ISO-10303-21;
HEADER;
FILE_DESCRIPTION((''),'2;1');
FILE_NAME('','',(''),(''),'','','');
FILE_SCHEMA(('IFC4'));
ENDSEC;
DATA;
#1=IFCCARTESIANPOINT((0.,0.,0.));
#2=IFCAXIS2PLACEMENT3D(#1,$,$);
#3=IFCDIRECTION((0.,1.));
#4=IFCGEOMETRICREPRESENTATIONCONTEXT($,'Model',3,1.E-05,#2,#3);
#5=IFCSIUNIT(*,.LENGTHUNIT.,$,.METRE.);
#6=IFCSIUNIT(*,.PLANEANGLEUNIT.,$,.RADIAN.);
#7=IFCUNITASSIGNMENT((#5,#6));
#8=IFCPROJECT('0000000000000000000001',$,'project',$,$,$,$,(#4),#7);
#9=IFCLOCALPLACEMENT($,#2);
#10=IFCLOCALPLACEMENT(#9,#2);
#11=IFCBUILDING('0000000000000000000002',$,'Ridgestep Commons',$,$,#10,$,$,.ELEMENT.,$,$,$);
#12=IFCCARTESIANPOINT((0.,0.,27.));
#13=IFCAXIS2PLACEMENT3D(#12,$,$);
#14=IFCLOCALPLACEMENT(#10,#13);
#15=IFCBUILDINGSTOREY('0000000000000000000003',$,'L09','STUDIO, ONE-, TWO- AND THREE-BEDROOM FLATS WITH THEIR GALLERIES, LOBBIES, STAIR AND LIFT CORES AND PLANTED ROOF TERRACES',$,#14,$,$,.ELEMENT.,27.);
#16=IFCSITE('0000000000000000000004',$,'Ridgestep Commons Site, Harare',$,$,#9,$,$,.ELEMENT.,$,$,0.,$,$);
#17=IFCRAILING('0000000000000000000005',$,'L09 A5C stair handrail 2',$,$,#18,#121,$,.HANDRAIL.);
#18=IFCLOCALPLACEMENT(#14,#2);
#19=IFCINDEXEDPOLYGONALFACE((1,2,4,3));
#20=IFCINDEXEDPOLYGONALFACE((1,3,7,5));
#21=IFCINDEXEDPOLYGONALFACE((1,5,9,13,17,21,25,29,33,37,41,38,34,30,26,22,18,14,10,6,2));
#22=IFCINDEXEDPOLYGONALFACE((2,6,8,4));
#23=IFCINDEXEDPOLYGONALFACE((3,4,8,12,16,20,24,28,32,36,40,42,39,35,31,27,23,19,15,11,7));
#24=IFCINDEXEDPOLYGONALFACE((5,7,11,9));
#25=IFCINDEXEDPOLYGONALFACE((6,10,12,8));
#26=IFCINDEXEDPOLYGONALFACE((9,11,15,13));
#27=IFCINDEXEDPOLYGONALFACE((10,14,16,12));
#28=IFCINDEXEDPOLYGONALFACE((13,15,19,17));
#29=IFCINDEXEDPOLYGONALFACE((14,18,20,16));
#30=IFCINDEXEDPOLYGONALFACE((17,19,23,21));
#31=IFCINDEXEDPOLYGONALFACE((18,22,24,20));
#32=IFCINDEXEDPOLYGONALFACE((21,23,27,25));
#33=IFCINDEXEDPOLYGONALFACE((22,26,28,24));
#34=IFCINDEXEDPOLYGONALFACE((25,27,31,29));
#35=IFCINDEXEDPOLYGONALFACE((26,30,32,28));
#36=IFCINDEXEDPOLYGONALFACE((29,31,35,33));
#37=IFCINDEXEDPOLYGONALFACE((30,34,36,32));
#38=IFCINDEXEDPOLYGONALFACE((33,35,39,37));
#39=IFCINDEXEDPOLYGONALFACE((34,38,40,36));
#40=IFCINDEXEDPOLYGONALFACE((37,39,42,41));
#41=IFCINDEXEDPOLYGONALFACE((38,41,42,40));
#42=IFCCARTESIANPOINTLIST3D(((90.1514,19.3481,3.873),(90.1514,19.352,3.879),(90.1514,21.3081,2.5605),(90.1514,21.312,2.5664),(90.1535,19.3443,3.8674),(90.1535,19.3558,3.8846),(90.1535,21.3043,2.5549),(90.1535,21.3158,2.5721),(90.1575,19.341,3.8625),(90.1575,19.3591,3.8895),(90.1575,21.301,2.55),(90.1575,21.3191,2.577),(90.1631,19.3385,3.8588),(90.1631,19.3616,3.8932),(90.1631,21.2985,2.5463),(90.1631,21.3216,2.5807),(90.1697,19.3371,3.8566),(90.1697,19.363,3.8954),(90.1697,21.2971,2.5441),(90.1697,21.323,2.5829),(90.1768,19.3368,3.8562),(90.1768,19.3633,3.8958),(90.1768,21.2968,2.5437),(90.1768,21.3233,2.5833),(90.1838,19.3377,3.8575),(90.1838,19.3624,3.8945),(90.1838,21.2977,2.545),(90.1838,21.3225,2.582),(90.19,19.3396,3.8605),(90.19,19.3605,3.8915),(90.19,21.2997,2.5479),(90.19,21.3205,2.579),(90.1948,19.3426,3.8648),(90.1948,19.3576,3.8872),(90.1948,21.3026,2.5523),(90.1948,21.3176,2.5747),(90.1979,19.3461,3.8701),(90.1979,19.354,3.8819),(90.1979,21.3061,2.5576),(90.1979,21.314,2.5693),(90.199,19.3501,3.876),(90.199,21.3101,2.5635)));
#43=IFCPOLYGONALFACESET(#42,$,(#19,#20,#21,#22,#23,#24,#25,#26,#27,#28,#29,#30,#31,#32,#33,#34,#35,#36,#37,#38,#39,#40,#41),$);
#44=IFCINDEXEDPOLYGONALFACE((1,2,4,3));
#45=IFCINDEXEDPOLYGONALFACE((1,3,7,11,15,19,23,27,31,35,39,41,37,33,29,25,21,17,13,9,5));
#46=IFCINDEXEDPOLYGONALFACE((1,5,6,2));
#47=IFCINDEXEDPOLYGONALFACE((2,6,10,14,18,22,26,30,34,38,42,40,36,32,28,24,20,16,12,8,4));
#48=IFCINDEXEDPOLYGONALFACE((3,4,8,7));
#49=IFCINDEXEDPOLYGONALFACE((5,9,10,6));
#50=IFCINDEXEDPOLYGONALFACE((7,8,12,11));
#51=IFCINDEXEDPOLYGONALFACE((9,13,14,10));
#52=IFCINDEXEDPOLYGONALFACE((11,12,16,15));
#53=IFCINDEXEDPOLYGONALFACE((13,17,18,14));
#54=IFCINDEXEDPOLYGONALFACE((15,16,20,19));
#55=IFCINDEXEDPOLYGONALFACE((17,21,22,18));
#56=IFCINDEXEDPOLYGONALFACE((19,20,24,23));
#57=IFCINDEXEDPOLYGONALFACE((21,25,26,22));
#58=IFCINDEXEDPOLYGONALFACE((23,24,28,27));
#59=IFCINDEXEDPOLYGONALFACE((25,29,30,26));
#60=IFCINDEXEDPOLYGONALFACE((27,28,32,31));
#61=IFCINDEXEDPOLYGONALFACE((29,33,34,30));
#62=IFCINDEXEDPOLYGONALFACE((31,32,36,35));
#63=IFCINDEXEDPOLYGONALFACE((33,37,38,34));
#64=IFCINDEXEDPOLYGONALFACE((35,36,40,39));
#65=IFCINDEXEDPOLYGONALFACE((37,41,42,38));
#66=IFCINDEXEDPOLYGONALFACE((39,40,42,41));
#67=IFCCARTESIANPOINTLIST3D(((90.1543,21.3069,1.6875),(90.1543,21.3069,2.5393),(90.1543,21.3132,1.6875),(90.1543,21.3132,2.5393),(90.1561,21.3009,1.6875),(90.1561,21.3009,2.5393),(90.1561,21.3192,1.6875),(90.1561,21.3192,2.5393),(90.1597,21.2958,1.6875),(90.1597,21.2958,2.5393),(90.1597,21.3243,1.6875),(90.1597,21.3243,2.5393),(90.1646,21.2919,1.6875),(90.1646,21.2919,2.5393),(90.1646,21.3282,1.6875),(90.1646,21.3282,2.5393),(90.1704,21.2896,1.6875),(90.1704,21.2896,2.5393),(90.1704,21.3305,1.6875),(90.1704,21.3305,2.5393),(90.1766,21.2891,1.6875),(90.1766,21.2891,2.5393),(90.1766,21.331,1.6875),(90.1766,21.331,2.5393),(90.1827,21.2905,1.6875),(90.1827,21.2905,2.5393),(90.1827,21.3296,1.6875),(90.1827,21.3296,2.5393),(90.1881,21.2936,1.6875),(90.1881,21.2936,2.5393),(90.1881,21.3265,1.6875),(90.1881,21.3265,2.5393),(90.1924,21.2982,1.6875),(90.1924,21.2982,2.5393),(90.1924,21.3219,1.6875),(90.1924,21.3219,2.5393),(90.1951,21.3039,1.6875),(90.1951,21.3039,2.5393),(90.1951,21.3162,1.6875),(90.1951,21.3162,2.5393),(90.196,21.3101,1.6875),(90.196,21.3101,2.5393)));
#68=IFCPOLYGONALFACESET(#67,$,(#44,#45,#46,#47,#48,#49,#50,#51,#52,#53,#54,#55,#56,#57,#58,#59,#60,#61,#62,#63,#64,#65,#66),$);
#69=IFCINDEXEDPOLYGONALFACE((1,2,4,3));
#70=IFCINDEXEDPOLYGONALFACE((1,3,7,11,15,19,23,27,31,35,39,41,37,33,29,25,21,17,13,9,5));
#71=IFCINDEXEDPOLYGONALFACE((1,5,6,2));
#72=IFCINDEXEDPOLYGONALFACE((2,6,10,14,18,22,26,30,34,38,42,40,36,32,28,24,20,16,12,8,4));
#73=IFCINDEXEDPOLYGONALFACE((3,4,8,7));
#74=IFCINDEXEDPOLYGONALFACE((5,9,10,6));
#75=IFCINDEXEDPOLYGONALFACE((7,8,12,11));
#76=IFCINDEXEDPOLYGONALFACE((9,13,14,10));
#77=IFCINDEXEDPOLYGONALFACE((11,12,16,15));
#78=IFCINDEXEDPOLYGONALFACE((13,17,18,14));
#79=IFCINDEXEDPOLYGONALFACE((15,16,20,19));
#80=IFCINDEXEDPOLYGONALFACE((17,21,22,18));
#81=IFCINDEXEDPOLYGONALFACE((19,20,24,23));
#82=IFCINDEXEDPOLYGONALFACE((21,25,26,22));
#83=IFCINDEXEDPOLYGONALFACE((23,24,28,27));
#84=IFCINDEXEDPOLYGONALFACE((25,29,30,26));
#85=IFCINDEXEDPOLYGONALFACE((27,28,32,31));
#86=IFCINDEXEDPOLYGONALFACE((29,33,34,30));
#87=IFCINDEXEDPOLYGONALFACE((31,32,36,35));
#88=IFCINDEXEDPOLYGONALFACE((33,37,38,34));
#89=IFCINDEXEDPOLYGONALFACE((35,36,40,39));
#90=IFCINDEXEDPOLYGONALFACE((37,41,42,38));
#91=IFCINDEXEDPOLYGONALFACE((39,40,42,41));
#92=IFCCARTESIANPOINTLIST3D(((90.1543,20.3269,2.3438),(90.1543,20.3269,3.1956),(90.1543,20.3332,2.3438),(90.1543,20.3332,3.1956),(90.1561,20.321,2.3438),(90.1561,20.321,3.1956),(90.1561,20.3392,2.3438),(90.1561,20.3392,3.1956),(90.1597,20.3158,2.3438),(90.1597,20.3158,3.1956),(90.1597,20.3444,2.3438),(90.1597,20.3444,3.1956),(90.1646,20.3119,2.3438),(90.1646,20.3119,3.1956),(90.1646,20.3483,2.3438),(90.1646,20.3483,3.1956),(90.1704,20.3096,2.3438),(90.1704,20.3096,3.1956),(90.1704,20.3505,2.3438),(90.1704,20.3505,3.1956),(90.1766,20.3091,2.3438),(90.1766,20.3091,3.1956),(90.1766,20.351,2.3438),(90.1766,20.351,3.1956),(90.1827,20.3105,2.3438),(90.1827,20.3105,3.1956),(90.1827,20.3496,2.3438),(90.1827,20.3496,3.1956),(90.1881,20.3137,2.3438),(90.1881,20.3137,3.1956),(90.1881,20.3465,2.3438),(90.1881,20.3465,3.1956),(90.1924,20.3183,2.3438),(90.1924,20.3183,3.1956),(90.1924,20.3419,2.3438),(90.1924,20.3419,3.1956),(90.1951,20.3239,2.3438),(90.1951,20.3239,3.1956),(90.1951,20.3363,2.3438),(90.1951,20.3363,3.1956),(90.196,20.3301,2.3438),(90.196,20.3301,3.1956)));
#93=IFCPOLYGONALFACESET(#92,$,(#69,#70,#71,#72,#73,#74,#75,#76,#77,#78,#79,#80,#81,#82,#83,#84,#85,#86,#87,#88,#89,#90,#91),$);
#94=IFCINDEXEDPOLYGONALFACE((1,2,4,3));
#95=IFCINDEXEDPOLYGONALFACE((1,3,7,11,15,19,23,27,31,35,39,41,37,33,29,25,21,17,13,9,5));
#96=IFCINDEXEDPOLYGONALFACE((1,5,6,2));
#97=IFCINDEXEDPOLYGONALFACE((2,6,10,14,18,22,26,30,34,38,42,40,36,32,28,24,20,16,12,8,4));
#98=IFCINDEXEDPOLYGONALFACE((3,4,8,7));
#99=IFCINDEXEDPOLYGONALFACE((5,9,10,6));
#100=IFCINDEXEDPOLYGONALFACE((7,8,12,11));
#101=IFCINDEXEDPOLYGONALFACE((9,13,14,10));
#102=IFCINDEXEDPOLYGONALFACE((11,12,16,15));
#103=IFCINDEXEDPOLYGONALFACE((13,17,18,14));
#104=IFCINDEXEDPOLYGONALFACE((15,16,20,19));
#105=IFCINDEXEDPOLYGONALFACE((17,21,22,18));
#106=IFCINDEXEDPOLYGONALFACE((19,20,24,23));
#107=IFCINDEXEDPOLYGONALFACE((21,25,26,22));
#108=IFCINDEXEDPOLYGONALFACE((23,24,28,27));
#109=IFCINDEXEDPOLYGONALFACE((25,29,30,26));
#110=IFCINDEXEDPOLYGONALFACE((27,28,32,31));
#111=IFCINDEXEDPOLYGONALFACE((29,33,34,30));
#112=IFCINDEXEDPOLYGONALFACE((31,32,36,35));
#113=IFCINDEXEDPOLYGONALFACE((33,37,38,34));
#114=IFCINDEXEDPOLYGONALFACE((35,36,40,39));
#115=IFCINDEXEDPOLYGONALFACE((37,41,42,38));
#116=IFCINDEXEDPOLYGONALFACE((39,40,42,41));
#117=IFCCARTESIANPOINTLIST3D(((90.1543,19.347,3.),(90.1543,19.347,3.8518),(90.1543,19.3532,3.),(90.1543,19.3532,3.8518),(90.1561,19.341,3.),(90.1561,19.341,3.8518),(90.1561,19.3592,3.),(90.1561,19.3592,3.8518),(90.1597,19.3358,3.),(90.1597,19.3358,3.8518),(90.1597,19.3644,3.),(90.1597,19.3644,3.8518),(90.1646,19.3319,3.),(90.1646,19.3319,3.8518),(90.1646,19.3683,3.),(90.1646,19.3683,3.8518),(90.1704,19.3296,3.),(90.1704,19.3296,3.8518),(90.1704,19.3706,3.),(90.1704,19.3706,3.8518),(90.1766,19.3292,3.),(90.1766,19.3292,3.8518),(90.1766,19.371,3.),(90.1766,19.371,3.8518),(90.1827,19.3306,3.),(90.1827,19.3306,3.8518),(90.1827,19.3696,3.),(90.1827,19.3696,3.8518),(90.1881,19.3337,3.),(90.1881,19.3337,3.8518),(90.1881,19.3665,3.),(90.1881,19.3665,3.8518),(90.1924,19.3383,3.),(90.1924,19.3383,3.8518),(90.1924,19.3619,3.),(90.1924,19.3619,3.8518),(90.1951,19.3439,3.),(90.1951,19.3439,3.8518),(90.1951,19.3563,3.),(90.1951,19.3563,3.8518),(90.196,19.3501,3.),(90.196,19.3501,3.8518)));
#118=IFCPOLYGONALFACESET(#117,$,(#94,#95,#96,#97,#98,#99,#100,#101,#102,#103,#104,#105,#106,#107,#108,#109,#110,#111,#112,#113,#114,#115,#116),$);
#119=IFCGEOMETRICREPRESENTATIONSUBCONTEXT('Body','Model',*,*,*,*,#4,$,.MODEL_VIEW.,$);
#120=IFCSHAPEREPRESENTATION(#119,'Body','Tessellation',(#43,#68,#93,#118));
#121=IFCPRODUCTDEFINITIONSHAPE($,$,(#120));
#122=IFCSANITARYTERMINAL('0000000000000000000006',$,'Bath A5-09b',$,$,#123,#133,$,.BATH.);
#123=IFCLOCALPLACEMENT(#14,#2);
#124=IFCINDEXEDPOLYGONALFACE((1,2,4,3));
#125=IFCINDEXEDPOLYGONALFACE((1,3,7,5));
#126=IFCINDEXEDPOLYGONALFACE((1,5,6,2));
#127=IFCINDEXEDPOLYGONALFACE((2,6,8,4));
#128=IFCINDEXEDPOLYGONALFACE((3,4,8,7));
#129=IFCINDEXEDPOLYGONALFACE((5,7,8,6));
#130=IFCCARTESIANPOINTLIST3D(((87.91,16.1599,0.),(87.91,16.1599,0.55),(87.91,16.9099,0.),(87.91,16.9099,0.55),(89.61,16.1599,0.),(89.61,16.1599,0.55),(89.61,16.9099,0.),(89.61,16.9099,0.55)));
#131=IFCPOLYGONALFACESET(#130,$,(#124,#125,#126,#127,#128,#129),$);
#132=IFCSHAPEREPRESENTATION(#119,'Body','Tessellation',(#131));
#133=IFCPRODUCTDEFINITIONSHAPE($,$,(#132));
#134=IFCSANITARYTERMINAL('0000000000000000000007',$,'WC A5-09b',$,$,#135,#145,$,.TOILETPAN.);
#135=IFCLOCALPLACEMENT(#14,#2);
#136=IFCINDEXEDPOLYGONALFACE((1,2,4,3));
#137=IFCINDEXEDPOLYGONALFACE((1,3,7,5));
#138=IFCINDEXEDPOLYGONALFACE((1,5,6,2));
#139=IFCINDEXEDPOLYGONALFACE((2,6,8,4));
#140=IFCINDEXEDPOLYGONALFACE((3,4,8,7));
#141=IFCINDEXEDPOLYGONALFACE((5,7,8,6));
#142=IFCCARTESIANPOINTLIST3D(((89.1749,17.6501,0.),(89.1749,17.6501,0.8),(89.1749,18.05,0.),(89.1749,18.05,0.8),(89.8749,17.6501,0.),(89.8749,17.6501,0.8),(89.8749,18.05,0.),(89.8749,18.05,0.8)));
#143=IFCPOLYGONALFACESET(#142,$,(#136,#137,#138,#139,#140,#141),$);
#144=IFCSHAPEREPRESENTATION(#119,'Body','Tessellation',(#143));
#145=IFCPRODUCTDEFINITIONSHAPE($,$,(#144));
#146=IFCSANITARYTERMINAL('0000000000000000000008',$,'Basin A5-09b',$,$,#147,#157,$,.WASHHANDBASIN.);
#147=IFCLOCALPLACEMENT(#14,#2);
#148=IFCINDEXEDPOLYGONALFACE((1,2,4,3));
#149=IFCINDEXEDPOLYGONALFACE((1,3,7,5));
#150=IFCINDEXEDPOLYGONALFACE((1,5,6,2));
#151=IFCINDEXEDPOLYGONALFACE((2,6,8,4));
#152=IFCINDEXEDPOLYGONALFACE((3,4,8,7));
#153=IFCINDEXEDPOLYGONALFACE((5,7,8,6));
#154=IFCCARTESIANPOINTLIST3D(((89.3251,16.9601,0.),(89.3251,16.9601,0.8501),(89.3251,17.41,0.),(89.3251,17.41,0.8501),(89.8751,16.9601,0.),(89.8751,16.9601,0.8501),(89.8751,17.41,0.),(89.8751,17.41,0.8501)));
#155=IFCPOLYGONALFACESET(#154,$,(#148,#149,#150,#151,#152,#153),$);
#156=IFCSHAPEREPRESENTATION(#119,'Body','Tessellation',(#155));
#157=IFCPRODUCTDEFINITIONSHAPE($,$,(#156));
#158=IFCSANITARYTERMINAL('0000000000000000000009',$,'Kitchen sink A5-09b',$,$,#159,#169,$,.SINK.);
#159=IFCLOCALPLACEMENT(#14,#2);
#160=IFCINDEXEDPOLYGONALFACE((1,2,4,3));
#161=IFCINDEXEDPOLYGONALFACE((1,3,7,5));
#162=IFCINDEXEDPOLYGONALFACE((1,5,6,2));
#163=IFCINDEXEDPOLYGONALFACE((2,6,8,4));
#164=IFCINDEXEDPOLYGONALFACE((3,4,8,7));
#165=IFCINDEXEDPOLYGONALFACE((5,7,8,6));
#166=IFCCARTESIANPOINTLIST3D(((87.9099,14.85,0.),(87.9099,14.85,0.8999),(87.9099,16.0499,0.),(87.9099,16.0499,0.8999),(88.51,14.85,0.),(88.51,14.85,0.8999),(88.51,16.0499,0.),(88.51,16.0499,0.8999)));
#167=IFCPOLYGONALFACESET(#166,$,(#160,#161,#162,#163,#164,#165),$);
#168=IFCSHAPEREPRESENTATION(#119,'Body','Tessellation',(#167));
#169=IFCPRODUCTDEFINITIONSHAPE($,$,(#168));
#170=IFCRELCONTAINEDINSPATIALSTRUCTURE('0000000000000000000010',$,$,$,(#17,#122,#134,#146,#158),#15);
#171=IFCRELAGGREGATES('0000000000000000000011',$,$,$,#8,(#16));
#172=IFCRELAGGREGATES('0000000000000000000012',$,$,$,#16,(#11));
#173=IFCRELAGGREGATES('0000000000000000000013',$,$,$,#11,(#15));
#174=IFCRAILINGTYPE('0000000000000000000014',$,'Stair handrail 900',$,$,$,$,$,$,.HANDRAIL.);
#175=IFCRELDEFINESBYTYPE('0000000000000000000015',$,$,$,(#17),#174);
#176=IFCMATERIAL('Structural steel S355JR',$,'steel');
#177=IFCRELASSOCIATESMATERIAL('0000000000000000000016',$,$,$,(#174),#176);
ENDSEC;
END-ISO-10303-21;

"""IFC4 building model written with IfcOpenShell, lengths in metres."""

from ifc_helpers import new_model, si_unit, direction, frame, origin, origin_2d, place, context, subcontext, project, spatial, rectangle, circle, extrude, material, type_object, element, save


model = new_model("IFC4")

# Units and contexts
model_context = context("Model", 3, precision=1e-05, world=origin(), true_north=direction((0.0, 1.0)))
body_context = subcontext(model_context, "Body", "Model", "MODEL_VIEW")
ifc_project = project(units=[si_unit("LENGTHUNIT", "METRE"), si_unit("PLANEANGLEUNIT", "RADIAN")], contexts=[model_context])

# Site, building, storey
site_placement = place(None, origin())
site = spatial("IfcSite", under=ifc_project, at=site_placement, Name="Ridgestep Commons Site, Harare", CompositionType="ELEMENT", RefElevation=0.0)
building_placement = place(site_placement, origin())
building = spatial("IfcBuilding", under=site, at=building_placement, Name="Ridgestep Commons", CompositionType="ELEMENT")
storey_placement = place(building_placement, frame((0.0, 0.0, 27.0)))
storey = spatial("IfcBuildingStorey", under=building, at=storey_placement, Name="L09", Description="STUDIO, ONE-, TWO- AND THREE-BEDROOM FLATS WITH THEIR GALLERIES, LOBBIES, STAIR AND LIFT CORES AND PLANTED ROOF TERRACES", CompositionType="ELEMENT", Elevation=27.0)

# Railing
ifc_material_1 = material(Name="Structural steel S355JR", Category="steel")
railing_type = type_object("IfcRailingType", Name="Stair handrail 900", PredefinedType="HANDRAIL", material=ifc_material_1)
railing_placement = place(storey_placement, frame((90.175, 21.3101, 1.6875)))
element("IfcRailing", 1, at=railing_placement, inside=storey, type_object=railing_type, Name="L09 A5C stair handrail 2", PredefinedType="HANDRAIL", context=body_context, shape_type="SweptSolid", body=[
    extrude(circle(Radius=0.0239, at=origin_2d()), frame((0.0, 0.0, 0.876), z_axis=(0.0, -0.830902, 0.556419), x_axis=(1.0, 0.0, 0.0)), (0.0, 0.0, 1.0), 2.3589),
    extrude(circle(Radius=0.021, at=origin_2d()), origin(), (0.0, 0.0, 1.0), 0.8518),
    extrude(circle(Radius=0.021, at=origin_2d()), frame((0.0, -0.98, 0.6562)), (0.0, 0.0, 1.0), 0.8518),
    extrude(circle(Radius=0.021, at=origin_2d()), frame((0.0, -1.96, 1.3125)), (0.0, 0.0, 1.0), 0.8518),
])

# Sanitary terminals
sanitary_terminal_1_placement = place(storey_placement, frame((88.76, 16.5349, 0.0), z_axis=(0.0, 0.0, 1.0), x_axis=(1.0, 0.0, 0.0)))
element("IfcSanitaryTerminal", 2, at=sanitary_terminal_1_placement, inside=storey, Name="Bath A5-09b", PredefinedType="BATH", context=body_context, shape_type="SweptSolid", body=[
    extrude(rectangle(XDim=1.7, YDim=0.75, at=origin_2d()), origin(), (0.0, 0.0, 1.0), 0.55),
])
sanitary_terminal_2_placement = place(storey_placement, frame((89.5249, 17.8501, 0.0), z_axis=(0.0, 0.0, 1.0), x_axis=(1.0, 0.0, 0.0)))
element("IfcSanitaryTerminal", 3, at=sanitary_terminal_2_placement, inside=storey, Name="WC A5-09b", PredefinedType="TOILETPAN", context=body_context, shape_type="SweptSolid", body=[
    extrude(rectangle(XDim=0.7, YDim=0.3999, at=origin_2d()), origin(), (0.0, 0.0, 1.0), 0.8),
])
sanitary_terminal_3_placement = place(storey_placement, frame((89.6001, 17.1851, 0.0), z_axis=(0.0, 0.0, 1.0), x_axis=(1.0, 0.0, 0.0)))
element("IfcSanitaryTerminal", 4, at=sanitary_terminal_3_placement, inside=storey, Name="Basin A5-09b", PredefinedType="WASHHANDBASIN", context=body_context, shape_type="SweptSolid", body=[
    extrude(rectangle(XDim=0.55, YDim=0.45, at=origin_2d()), origin(), (0.0, 0.0, 1.0), 0.8501),
])
sanitary_terminal_4_placement = place(storey_placement, frame((88.21, 15.45, 0.0), z_axis=(0.0, 0.0, 1.0), x_axis=(1.0, 0.0, 0.0)))
element("IfcSanitaryTerminal", 5, at=sanitary_terminal_4_placement, inside=storey, Name="Kitchen sink A5-09b", PredefinedType="SINK", context=body_context, shape_type="SweptSolid", body=[
    extrude(rectangle(XDim=0.6001, YDim=1.2, at=origin_2d()), origin(), (0.0, 0.0, 1.0), 0.8999),
])

save(model, "model.ifc")
